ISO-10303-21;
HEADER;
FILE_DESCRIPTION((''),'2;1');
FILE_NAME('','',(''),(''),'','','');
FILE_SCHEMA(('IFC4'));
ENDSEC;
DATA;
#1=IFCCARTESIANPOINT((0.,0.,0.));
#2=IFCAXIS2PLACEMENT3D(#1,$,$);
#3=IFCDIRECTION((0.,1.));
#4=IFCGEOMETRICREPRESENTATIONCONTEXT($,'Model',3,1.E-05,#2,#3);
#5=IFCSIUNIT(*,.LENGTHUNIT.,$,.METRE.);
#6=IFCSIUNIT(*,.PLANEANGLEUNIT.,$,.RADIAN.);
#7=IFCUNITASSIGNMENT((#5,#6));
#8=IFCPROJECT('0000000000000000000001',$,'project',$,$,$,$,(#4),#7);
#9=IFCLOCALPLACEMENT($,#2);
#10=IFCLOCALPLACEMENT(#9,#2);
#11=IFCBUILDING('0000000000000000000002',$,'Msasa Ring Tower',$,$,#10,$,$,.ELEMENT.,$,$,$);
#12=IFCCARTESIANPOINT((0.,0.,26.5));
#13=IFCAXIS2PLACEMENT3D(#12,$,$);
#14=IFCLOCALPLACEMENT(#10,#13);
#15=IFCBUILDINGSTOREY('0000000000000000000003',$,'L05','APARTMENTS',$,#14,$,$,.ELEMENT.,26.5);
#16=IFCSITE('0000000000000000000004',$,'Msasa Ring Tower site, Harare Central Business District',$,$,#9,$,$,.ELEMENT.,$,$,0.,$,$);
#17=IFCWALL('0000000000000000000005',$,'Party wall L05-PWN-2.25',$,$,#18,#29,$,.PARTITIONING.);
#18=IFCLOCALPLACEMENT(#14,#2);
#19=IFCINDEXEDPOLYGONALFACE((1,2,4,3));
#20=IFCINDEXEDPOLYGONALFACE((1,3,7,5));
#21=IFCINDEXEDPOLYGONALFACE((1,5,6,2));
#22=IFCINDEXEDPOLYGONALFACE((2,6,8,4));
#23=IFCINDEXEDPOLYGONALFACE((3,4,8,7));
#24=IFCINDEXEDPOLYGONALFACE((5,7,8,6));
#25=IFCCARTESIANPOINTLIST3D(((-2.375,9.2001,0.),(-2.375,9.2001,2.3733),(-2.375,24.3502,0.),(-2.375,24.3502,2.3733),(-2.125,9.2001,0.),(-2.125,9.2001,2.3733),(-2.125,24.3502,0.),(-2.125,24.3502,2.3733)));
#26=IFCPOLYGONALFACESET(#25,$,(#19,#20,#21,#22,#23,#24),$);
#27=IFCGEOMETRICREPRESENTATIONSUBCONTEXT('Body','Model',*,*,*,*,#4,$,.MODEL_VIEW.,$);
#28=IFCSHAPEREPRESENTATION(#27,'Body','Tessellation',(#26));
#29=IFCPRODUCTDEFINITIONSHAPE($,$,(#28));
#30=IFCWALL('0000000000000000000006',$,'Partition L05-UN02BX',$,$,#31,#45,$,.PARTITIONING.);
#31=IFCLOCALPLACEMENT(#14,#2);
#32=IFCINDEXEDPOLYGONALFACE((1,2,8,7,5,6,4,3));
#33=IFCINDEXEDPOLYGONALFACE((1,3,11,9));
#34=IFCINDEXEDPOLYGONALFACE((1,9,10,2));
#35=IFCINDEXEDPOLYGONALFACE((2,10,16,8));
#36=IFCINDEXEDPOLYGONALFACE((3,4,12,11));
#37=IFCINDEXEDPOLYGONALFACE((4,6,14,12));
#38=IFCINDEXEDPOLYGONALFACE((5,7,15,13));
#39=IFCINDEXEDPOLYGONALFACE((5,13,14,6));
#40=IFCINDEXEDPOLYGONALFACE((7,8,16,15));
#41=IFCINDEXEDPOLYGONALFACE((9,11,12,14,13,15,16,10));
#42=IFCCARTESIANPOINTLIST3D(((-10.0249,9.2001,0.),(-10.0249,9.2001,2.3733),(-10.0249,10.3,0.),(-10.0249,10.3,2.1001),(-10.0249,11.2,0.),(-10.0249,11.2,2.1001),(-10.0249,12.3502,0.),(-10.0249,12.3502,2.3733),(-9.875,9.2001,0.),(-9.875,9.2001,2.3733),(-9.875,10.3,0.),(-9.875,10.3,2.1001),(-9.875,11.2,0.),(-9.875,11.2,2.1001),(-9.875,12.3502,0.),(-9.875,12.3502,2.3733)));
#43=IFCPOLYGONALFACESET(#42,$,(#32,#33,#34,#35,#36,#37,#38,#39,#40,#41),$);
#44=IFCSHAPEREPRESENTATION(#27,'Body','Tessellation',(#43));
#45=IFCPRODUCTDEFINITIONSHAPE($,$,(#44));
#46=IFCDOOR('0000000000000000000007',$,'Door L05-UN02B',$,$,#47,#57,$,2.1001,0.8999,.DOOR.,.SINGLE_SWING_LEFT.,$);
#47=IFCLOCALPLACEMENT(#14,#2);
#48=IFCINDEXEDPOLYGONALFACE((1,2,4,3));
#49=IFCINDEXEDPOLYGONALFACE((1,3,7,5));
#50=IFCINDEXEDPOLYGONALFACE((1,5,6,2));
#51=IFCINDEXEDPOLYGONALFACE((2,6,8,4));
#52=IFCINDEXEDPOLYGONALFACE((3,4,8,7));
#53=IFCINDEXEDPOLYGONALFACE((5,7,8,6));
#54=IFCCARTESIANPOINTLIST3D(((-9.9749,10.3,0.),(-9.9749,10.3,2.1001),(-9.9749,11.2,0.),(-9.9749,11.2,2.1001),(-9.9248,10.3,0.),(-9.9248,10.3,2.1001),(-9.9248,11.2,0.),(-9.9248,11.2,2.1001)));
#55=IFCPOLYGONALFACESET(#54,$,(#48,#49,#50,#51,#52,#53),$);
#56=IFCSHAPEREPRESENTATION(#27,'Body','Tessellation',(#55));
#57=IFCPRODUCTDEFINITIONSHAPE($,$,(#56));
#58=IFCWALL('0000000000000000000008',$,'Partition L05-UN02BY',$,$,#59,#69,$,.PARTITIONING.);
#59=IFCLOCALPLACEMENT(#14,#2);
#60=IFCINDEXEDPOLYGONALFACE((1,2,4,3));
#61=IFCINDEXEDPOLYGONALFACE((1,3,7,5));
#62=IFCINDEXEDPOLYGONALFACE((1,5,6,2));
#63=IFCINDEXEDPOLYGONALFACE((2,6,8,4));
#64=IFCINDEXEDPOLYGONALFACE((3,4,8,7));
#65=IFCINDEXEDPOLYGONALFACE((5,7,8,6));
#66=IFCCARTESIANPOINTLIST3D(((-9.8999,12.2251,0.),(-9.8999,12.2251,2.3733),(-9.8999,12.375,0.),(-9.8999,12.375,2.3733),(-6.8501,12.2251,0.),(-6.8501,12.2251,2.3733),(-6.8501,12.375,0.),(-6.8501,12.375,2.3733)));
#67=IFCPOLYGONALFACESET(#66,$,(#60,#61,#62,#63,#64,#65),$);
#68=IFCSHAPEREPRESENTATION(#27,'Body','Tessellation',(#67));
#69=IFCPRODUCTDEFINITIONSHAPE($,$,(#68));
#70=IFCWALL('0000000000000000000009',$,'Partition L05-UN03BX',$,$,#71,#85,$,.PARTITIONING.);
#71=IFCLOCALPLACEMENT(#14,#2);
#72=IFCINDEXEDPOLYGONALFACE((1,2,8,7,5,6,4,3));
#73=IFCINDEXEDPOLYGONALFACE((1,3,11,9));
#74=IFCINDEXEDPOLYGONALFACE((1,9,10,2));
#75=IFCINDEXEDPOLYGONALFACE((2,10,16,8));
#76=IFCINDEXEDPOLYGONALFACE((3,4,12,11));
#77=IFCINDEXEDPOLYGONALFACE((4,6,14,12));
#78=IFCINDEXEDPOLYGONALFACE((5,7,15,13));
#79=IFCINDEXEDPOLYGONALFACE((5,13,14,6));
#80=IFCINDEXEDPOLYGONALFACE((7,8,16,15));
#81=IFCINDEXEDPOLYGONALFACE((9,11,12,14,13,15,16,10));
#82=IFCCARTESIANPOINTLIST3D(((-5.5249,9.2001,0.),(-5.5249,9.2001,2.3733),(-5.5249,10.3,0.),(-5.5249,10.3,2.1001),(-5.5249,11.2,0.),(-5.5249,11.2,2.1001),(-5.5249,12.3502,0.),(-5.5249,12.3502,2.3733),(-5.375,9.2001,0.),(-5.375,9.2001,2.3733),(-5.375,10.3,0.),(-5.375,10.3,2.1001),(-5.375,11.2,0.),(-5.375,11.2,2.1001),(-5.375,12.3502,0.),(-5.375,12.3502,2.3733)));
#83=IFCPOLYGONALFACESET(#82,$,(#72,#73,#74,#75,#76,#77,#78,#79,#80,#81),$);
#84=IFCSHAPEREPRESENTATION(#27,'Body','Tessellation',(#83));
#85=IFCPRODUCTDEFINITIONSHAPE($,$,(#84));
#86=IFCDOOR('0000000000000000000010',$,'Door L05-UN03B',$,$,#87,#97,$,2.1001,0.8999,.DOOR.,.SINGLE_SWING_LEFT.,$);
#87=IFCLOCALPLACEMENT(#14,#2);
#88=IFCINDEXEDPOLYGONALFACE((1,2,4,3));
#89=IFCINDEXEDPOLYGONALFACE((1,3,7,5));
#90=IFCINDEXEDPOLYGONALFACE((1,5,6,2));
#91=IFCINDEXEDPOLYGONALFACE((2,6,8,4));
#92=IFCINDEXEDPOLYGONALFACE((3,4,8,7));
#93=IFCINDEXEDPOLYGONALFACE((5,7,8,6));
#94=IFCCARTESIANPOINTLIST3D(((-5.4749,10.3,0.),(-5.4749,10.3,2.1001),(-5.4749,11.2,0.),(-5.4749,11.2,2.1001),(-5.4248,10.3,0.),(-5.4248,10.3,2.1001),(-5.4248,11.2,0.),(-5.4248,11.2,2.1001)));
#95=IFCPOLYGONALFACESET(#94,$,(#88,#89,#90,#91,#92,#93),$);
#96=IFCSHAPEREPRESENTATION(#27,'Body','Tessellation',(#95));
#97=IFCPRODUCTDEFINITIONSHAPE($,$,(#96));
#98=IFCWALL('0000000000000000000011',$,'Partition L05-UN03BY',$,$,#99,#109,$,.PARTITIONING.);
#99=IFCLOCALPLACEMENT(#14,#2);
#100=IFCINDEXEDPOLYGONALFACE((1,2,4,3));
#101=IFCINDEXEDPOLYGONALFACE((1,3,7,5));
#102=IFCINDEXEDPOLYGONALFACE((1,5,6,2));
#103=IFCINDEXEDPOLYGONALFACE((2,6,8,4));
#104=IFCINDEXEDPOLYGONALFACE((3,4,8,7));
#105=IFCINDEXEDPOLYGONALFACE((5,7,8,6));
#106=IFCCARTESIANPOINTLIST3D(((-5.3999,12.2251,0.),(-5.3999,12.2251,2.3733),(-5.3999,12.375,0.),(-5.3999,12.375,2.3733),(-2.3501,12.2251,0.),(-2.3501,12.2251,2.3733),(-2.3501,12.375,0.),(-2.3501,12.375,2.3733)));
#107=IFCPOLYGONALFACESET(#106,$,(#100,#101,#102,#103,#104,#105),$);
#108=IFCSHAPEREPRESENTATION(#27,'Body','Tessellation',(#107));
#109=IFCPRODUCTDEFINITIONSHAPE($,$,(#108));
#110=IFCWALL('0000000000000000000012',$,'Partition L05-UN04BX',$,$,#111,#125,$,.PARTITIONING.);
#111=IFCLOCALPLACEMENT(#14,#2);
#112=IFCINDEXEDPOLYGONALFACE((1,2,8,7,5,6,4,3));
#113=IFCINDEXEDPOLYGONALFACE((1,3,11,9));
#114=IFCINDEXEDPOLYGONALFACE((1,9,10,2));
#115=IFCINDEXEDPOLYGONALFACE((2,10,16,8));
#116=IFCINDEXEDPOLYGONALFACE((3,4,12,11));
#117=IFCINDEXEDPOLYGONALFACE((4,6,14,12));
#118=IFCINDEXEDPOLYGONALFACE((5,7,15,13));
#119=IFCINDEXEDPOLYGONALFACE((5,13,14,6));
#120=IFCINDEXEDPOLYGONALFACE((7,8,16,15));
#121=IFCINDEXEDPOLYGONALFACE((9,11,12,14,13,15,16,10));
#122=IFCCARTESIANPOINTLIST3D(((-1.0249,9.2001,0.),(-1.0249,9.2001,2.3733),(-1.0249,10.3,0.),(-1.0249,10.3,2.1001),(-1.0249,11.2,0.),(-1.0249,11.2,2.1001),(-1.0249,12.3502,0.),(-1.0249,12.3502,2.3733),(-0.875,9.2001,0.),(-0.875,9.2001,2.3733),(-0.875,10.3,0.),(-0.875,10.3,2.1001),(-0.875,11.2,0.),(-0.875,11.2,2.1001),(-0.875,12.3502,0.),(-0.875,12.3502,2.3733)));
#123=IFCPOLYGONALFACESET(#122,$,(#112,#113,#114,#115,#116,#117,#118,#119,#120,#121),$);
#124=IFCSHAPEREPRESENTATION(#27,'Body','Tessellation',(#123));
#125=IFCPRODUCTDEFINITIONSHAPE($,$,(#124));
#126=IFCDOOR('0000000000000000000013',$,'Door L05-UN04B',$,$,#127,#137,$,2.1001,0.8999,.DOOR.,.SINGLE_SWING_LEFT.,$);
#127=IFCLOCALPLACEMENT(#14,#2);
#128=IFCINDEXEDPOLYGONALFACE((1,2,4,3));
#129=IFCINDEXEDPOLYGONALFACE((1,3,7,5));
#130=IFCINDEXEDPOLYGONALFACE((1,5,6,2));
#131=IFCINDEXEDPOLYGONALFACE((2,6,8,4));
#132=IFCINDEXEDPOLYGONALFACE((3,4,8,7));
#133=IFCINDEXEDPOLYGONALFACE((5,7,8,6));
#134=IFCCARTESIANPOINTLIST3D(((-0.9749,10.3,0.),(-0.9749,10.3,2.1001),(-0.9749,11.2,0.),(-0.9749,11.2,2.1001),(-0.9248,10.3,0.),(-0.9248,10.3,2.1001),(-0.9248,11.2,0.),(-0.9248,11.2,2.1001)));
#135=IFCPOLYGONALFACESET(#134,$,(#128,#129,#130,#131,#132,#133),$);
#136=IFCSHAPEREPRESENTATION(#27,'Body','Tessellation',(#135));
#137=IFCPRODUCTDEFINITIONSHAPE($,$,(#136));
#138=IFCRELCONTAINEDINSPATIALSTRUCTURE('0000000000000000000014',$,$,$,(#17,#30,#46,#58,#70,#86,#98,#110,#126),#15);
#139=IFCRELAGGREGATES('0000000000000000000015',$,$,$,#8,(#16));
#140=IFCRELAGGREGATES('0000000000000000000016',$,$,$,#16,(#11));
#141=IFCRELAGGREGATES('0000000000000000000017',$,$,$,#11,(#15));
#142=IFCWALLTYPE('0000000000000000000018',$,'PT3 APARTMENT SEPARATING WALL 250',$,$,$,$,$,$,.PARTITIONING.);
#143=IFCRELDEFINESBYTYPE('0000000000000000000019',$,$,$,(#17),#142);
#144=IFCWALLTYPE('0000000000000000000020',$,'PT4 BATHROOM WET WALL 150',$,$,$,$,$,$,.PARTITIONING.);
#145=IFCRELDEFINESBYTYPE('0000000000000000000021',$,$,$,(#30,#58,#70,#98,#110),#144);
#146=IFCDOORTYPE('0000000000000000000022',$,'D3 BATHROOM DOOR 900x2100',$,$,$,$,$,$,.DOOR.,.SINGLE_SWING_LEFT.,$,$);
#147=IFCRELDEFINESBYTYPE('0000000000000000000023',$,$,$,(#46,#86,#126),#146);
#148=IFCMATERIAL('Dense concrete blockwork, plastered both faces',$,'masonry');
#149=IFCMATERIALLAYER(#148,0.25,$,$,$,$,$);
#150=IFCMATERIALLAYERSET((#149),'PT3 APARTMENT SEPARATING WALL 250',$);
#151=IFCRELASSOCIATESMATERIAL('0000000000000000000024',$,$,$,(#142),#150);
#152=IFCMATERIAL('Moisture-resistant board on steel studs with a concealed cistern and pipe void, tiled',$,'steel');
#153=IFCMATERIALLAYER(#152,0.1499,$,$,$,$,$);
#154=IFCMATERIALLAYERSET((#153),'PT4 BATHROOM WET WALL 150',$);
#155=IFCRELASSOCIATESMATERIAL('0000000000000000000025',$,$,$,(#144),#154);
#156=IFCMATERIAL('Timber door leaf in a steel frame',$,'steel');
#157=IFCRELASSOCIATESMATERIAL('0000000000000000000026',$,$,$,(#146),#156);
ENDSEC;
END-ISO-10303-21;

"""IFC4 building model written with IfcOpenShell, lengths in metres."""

from ifc_helpers import new_model, si_unit, direction, frame, frame_2d, origin, place, context, subcontext, project, spatial, rectangle, extrude, material, layer, layer_set, type_object, element, fill, save


model = new_model("IFC4")

# Units and contexts
model_context = context("Model", 3, precision=1e-05, world=origin(), true_north=direction((0.0, 1.0)))
body_context = subcontext(model_context, "Body", "Model", "MODEL_VIEW")
ifc_project = project(units=[si_unit("LENGTHUNIT", "METRE"), si_unit("PLANEANGLEUNIT", "RADIAN")], contexts=[model_context])

# Site, building, storey
site_placement = place(None, origin())
site = spatial("IfcSite", under=ifc_project, at=site_placement, Name="Msasa Ring Tower site, Harare Central Business District", CompositionType="ELEMENT", RefElevation=0.0)
building_placement = place(site_placement, origin())
building = spatial("IfcBuilding", under=site, at=building_placement, Name="Msasa Ring Tower", CompositionType="ELEMENT")
storey_placement = place(building_placement, frame((0.0, 0.0, 26.5)))
storey = spatial("IfcBuildingStorey", under=building, at=storey_placement, Name="L05", Description="APARTMENTS", CompositionType="ELEMENT", Elevation=26.5)

# Wall
ifc_material_1 = material(Name="Dense concrete blockwork, plastered both faces", Category="masonry")
ifc_layer_1 = layer(ifc_material_1, 0.25)
ifc_layer_set_1 = layer_set([ifc_layer_1], Name="PT3 APARTMENT SEPARATING WALL 250")
wall_type_1 = type_object("IfcWallType", Name="PT3 APARTMENT SEPARATING WALL 250", PredefinedType="PARTITIONING", material=ifc_layer_set_1)
for number, where, z_axis, x_axis, name in (
    (1, (-2.25, 9.2, 0.0), (0.0, 0.0, 1.0), (0.0, 1.0, 0.0), "Party wall L05-PWN-2.25"),
):
    element("IfcWall", number, at=place(storey_placement, frame(where, z_axis=z_axis, x_axis=x_axis)), inside=storey, type_object=wall_type_1, Name=name, PredefinedType="PARTITIONING", context=body_context, shape_type="SweptSolid", body=[
        extrude(rectangle(XDim=15.1501, YDim=0.25, at=frame_2d((7.5752, 0.0))), origin(), (0.0, 0.0, 1.0), 2.3733),
    ])

# Wall, opening, door
ifc_material_2 = material(Name="Moisture-resistant board on steel studs with a concealed cistern and pipe void, tiled", Category="steel")
ifc_layer_2 = layer(ifc_material_2, 0.1499)
ifc_layer_set_2 = layer_set([ifc_layer_2], Name="PT4 BATHROOM WET WALL 150")
wall_type_2 = type_object("IfcWallType", Name="PT4 BATHROOM WET WALL 150", PredefinedType="PARTITIONING", material=ifc_layer_set_2)
wall_1_placement = place(storey_placement, frame((-9.95, 9.2, 0.0), z_axis=(0.0, 0.0, 1.0), x_axis=(0.0, 1.0, 0.0)))
wall_1 = element("IfcWall", 2, at=wall_1_placement, inside=storey, type_object=wall_type_2, Name="Partition L05-UN02BX", PredefinedType="PARTITIONING", context=body_context, shape_type="SweptSolid", body=[
    extrude(rectangle(XDim=3.1501, YDim=0.1499, at=frame_2d((1.5752, 0.0))), origin(), (0.0, 0.0, 1.0), 2.3733),
])
opening_1_placement = place(wall_1_placement, frame((1.1001, 0.0, 0.0)))
opening_1 = element("IfcOpeningElement", 3, at=opening_1_placement, cuts=wall_1, PredefinedType="OPENING", context=body_context, shape_type="SweptSolid", body=[
    extrude(rectangle(XDim=0.8999, YDim=2.1001, at=frame_2d((0.45, 1.05))), frame((0.0, 0.085, 0.0), z_axis=(0.0, -1.0, 0.0), x_axis=(1.0, 0.0, 0.0)), (0.0, 0.0, 1.0), 0.1699),
])
ifc_material_3 = material(Name="Timber door leaf in a steel frame", Category="steel")
door_type_1 = type_object("IfcDoorType", Name="D3 BATHROOM DOOR 900x2100", OperationType="SINGLE_SWING_LEFT", PredefinedType="DOOR", material=ifc_material_3)
door_1_placement = place(opening_1_placement, origin())
door_1 = element("IfcDoor", 4, at=door_1_placement, inside=storey, type_object=door_type_1, Name="Door L05-UN02B", OperationType="SINGLE_SWING_LEFT", OverallHeight=2.1001, OverallWidth=0.8999, PredefinedType="DOOR", context=body_context, shape_type="SweptSolid", body=[
    extrude(rectangle(XDim=0.8999, YDim=2.1001, at=frame_2d((0.45, 1.05))), frame((0.0, 0.0249, 0.0), z_axis=(0.0, -1.0, 0.0), x_axis=(1.0, 0.0, 0.0)), (0.0, 0.0, 1.0), 0.05),
])
fill(opening_1, door_1)

# Wall
wall_2_placement = place(storey_placement, frame((-9.8999, 12.3, 0.0), z_axis=(0.0, 0.0, 1.0), x_axis=(1.0, 0.0, 0.0)))
element("IfcWall", 5, at=wall_2_placement, inside=storey, type_object=wall_type_2, Name="Partition L05-UN02BY", PredefinedType="PARTITIONING", context=body_context, shape_type="SweptSolid", body=[
    extrude(rectangle(XDim=3.0498, YDim=0.1499, at=frame_2d((1.5249, 0.0))), origin(), (0.0, 0.0, 1.0), 2.3733),
])

# Wall, opening, door
wall_3_placement = place(storey_placement, frame((-5.45, 9.2, 0.0), z_axis=(0.0, 0.0, 1.0), x_axis=(0.0, 1.0, 0.0)))
wall_3 = element("IfcWall", 6, at=wall_3_placement, inside=storey, type_object=wall_type_2, Name="Partition L05-UN03BX", PredefinedType="PARTITIONING", context=body_context, shape_type="SweptSolid", body=[
    extrude(rectangle(XDim=3.1501, YDim=0.1499, at=frame_2d((1.5752, 0.0))), origin(), (0.0, 0.0, 1.0), 2.3733),
])
opening_2_placement = place(wall_3_placement, frame((1.1001, 0.0, 0.0)))
opening_2 = element("IfcOpeningElement", 7, at=opening_2_placement, cuts=wall_3, PredefinedType="OPENING", context=body_context, shape_type="SweptSolid", body=[
    extrude(rectangle(XDim=0.8999, YDim=2.1001, at=frame_2d((0.45, 1.05))), frame((0.0, 0.085, 0.0), z_axis=(0.0, -1.0, 0.0), x_axis=(1.0, 0.0, 0.0)), (0.0, 0.0, 1.0), 0.1699),
])
door_2_placement = place(opening_2_placement, origin())
door_2 = element("IfcDoor", 8, at=door_2_placement, inside=storey, type_object=door_type_1, Name="Door L05-UN03B", OperationType="SINGLE_SWING_LEFT", OverallHeight=2.1001, OverallWidth=0.8999, PredefinedType="DOOR", context=body_context, shape_type="SweptSolid", body=[
    extrude(rectangle(XDim=0.8999, YDim=2.1001, at=frame_2d((0.45, 1.05))), frame((0.0, 0.0249, 0.0), z_axis=(0.0, -1.0, 0.0), x_axis=(1.0, 0.0, 0.0)), (0.0, 0.0, 1.0), 0.05),
])
fill(opening_2, door_2)

# Wall
wall_4_placement = place(storey_placement, frame((-5.3999, 12.3, 0.0), z_axis=(0.0, 0.0, 1.0), x_axis=(1.0, 0.0, 0.0)))
element("IfcWall", 9, at=wall_4_placement, inside=storey, type_object=wall_type_2, Name="Partition L05-UN03BY", PredefinedType="PARTITIONING", context=body_context, shape_type="SweptSolid", body=[
    extrude(rectangle(XDim=3.0498, YDim=0.1499, at=frame_2d((1.5249, 0.0))), origin(), (0.0, 0.0, 1.0), 2.3733),
])

# Wall, opening, door
wall_5_placement = place(storey_placement, frame((-0.95, 9.2, 0.0), z_axis=(0.0, 0.0, 1.0), x_axis=(0.0, 1.0, 0.0)))
wall_5 = element("IfcWall", 10, at=wall_5_placement, inside=storey, type_object=wall_type_2, Name="Partition L05-UN04BX", PredefinedType="PARTITIONING", context=body_context, shape_type="SweptSolid", body=[
    extrude(rectangle(XDim=3.1501, YDim=0.1499, at=frame_2d((1.5752, 0.0))), origin(), (0.0, 0.0, 1.0), 2.3733),
])
opening_3_placement = place(wall_5_placement, frame((1.1001, 0.0, 0.0)))
opening_3 = element("IfcOpeningElement", 11, at=opening_3_placement, cuts=wall_5, PredefinedType="OPENING", context=body_context, shape_type="SweptSolid", body=[
    extrude(rectangle(XDim=0.8999, YDim=2.1001, at=frame_2d((0.45, 1.05))), frame((0.0, 0.085, 0.0), z_axis=(0.0, -1.0, 0.0), x_axis=(1.0, 0.0, 0.0)), (0.0, 0.0, 1.0), 0.1699),
])
door_3_placement = place(opening_3_placement, origin())
door_3 = element("IfcDoor", 12, at=door_3_placement, inside=storey, type_object=door_type_1, Name="Door L05-UN04B", OperationType="SINGLE_SWING_LEFT", OverallHeight=2.1001, OverallWidth=0.8999, PredefinedType="DOOR", context=body_context, shape_type="SweptSolid", body=[
    extrude(rectangle(XDim=0.8999, YDim=2.1001, at=frame_2d((0.45, 1.05))), frame((0.0, 0.0249, 0.0), z_axis=(0.0, -1.0, 0.0), x_axis=(1.0, 0.0, 0.0)), (0.0, 0.0, 1.0), 0.05),
])
fill(opening_3, door_3)

save(model, "model.ifc")
